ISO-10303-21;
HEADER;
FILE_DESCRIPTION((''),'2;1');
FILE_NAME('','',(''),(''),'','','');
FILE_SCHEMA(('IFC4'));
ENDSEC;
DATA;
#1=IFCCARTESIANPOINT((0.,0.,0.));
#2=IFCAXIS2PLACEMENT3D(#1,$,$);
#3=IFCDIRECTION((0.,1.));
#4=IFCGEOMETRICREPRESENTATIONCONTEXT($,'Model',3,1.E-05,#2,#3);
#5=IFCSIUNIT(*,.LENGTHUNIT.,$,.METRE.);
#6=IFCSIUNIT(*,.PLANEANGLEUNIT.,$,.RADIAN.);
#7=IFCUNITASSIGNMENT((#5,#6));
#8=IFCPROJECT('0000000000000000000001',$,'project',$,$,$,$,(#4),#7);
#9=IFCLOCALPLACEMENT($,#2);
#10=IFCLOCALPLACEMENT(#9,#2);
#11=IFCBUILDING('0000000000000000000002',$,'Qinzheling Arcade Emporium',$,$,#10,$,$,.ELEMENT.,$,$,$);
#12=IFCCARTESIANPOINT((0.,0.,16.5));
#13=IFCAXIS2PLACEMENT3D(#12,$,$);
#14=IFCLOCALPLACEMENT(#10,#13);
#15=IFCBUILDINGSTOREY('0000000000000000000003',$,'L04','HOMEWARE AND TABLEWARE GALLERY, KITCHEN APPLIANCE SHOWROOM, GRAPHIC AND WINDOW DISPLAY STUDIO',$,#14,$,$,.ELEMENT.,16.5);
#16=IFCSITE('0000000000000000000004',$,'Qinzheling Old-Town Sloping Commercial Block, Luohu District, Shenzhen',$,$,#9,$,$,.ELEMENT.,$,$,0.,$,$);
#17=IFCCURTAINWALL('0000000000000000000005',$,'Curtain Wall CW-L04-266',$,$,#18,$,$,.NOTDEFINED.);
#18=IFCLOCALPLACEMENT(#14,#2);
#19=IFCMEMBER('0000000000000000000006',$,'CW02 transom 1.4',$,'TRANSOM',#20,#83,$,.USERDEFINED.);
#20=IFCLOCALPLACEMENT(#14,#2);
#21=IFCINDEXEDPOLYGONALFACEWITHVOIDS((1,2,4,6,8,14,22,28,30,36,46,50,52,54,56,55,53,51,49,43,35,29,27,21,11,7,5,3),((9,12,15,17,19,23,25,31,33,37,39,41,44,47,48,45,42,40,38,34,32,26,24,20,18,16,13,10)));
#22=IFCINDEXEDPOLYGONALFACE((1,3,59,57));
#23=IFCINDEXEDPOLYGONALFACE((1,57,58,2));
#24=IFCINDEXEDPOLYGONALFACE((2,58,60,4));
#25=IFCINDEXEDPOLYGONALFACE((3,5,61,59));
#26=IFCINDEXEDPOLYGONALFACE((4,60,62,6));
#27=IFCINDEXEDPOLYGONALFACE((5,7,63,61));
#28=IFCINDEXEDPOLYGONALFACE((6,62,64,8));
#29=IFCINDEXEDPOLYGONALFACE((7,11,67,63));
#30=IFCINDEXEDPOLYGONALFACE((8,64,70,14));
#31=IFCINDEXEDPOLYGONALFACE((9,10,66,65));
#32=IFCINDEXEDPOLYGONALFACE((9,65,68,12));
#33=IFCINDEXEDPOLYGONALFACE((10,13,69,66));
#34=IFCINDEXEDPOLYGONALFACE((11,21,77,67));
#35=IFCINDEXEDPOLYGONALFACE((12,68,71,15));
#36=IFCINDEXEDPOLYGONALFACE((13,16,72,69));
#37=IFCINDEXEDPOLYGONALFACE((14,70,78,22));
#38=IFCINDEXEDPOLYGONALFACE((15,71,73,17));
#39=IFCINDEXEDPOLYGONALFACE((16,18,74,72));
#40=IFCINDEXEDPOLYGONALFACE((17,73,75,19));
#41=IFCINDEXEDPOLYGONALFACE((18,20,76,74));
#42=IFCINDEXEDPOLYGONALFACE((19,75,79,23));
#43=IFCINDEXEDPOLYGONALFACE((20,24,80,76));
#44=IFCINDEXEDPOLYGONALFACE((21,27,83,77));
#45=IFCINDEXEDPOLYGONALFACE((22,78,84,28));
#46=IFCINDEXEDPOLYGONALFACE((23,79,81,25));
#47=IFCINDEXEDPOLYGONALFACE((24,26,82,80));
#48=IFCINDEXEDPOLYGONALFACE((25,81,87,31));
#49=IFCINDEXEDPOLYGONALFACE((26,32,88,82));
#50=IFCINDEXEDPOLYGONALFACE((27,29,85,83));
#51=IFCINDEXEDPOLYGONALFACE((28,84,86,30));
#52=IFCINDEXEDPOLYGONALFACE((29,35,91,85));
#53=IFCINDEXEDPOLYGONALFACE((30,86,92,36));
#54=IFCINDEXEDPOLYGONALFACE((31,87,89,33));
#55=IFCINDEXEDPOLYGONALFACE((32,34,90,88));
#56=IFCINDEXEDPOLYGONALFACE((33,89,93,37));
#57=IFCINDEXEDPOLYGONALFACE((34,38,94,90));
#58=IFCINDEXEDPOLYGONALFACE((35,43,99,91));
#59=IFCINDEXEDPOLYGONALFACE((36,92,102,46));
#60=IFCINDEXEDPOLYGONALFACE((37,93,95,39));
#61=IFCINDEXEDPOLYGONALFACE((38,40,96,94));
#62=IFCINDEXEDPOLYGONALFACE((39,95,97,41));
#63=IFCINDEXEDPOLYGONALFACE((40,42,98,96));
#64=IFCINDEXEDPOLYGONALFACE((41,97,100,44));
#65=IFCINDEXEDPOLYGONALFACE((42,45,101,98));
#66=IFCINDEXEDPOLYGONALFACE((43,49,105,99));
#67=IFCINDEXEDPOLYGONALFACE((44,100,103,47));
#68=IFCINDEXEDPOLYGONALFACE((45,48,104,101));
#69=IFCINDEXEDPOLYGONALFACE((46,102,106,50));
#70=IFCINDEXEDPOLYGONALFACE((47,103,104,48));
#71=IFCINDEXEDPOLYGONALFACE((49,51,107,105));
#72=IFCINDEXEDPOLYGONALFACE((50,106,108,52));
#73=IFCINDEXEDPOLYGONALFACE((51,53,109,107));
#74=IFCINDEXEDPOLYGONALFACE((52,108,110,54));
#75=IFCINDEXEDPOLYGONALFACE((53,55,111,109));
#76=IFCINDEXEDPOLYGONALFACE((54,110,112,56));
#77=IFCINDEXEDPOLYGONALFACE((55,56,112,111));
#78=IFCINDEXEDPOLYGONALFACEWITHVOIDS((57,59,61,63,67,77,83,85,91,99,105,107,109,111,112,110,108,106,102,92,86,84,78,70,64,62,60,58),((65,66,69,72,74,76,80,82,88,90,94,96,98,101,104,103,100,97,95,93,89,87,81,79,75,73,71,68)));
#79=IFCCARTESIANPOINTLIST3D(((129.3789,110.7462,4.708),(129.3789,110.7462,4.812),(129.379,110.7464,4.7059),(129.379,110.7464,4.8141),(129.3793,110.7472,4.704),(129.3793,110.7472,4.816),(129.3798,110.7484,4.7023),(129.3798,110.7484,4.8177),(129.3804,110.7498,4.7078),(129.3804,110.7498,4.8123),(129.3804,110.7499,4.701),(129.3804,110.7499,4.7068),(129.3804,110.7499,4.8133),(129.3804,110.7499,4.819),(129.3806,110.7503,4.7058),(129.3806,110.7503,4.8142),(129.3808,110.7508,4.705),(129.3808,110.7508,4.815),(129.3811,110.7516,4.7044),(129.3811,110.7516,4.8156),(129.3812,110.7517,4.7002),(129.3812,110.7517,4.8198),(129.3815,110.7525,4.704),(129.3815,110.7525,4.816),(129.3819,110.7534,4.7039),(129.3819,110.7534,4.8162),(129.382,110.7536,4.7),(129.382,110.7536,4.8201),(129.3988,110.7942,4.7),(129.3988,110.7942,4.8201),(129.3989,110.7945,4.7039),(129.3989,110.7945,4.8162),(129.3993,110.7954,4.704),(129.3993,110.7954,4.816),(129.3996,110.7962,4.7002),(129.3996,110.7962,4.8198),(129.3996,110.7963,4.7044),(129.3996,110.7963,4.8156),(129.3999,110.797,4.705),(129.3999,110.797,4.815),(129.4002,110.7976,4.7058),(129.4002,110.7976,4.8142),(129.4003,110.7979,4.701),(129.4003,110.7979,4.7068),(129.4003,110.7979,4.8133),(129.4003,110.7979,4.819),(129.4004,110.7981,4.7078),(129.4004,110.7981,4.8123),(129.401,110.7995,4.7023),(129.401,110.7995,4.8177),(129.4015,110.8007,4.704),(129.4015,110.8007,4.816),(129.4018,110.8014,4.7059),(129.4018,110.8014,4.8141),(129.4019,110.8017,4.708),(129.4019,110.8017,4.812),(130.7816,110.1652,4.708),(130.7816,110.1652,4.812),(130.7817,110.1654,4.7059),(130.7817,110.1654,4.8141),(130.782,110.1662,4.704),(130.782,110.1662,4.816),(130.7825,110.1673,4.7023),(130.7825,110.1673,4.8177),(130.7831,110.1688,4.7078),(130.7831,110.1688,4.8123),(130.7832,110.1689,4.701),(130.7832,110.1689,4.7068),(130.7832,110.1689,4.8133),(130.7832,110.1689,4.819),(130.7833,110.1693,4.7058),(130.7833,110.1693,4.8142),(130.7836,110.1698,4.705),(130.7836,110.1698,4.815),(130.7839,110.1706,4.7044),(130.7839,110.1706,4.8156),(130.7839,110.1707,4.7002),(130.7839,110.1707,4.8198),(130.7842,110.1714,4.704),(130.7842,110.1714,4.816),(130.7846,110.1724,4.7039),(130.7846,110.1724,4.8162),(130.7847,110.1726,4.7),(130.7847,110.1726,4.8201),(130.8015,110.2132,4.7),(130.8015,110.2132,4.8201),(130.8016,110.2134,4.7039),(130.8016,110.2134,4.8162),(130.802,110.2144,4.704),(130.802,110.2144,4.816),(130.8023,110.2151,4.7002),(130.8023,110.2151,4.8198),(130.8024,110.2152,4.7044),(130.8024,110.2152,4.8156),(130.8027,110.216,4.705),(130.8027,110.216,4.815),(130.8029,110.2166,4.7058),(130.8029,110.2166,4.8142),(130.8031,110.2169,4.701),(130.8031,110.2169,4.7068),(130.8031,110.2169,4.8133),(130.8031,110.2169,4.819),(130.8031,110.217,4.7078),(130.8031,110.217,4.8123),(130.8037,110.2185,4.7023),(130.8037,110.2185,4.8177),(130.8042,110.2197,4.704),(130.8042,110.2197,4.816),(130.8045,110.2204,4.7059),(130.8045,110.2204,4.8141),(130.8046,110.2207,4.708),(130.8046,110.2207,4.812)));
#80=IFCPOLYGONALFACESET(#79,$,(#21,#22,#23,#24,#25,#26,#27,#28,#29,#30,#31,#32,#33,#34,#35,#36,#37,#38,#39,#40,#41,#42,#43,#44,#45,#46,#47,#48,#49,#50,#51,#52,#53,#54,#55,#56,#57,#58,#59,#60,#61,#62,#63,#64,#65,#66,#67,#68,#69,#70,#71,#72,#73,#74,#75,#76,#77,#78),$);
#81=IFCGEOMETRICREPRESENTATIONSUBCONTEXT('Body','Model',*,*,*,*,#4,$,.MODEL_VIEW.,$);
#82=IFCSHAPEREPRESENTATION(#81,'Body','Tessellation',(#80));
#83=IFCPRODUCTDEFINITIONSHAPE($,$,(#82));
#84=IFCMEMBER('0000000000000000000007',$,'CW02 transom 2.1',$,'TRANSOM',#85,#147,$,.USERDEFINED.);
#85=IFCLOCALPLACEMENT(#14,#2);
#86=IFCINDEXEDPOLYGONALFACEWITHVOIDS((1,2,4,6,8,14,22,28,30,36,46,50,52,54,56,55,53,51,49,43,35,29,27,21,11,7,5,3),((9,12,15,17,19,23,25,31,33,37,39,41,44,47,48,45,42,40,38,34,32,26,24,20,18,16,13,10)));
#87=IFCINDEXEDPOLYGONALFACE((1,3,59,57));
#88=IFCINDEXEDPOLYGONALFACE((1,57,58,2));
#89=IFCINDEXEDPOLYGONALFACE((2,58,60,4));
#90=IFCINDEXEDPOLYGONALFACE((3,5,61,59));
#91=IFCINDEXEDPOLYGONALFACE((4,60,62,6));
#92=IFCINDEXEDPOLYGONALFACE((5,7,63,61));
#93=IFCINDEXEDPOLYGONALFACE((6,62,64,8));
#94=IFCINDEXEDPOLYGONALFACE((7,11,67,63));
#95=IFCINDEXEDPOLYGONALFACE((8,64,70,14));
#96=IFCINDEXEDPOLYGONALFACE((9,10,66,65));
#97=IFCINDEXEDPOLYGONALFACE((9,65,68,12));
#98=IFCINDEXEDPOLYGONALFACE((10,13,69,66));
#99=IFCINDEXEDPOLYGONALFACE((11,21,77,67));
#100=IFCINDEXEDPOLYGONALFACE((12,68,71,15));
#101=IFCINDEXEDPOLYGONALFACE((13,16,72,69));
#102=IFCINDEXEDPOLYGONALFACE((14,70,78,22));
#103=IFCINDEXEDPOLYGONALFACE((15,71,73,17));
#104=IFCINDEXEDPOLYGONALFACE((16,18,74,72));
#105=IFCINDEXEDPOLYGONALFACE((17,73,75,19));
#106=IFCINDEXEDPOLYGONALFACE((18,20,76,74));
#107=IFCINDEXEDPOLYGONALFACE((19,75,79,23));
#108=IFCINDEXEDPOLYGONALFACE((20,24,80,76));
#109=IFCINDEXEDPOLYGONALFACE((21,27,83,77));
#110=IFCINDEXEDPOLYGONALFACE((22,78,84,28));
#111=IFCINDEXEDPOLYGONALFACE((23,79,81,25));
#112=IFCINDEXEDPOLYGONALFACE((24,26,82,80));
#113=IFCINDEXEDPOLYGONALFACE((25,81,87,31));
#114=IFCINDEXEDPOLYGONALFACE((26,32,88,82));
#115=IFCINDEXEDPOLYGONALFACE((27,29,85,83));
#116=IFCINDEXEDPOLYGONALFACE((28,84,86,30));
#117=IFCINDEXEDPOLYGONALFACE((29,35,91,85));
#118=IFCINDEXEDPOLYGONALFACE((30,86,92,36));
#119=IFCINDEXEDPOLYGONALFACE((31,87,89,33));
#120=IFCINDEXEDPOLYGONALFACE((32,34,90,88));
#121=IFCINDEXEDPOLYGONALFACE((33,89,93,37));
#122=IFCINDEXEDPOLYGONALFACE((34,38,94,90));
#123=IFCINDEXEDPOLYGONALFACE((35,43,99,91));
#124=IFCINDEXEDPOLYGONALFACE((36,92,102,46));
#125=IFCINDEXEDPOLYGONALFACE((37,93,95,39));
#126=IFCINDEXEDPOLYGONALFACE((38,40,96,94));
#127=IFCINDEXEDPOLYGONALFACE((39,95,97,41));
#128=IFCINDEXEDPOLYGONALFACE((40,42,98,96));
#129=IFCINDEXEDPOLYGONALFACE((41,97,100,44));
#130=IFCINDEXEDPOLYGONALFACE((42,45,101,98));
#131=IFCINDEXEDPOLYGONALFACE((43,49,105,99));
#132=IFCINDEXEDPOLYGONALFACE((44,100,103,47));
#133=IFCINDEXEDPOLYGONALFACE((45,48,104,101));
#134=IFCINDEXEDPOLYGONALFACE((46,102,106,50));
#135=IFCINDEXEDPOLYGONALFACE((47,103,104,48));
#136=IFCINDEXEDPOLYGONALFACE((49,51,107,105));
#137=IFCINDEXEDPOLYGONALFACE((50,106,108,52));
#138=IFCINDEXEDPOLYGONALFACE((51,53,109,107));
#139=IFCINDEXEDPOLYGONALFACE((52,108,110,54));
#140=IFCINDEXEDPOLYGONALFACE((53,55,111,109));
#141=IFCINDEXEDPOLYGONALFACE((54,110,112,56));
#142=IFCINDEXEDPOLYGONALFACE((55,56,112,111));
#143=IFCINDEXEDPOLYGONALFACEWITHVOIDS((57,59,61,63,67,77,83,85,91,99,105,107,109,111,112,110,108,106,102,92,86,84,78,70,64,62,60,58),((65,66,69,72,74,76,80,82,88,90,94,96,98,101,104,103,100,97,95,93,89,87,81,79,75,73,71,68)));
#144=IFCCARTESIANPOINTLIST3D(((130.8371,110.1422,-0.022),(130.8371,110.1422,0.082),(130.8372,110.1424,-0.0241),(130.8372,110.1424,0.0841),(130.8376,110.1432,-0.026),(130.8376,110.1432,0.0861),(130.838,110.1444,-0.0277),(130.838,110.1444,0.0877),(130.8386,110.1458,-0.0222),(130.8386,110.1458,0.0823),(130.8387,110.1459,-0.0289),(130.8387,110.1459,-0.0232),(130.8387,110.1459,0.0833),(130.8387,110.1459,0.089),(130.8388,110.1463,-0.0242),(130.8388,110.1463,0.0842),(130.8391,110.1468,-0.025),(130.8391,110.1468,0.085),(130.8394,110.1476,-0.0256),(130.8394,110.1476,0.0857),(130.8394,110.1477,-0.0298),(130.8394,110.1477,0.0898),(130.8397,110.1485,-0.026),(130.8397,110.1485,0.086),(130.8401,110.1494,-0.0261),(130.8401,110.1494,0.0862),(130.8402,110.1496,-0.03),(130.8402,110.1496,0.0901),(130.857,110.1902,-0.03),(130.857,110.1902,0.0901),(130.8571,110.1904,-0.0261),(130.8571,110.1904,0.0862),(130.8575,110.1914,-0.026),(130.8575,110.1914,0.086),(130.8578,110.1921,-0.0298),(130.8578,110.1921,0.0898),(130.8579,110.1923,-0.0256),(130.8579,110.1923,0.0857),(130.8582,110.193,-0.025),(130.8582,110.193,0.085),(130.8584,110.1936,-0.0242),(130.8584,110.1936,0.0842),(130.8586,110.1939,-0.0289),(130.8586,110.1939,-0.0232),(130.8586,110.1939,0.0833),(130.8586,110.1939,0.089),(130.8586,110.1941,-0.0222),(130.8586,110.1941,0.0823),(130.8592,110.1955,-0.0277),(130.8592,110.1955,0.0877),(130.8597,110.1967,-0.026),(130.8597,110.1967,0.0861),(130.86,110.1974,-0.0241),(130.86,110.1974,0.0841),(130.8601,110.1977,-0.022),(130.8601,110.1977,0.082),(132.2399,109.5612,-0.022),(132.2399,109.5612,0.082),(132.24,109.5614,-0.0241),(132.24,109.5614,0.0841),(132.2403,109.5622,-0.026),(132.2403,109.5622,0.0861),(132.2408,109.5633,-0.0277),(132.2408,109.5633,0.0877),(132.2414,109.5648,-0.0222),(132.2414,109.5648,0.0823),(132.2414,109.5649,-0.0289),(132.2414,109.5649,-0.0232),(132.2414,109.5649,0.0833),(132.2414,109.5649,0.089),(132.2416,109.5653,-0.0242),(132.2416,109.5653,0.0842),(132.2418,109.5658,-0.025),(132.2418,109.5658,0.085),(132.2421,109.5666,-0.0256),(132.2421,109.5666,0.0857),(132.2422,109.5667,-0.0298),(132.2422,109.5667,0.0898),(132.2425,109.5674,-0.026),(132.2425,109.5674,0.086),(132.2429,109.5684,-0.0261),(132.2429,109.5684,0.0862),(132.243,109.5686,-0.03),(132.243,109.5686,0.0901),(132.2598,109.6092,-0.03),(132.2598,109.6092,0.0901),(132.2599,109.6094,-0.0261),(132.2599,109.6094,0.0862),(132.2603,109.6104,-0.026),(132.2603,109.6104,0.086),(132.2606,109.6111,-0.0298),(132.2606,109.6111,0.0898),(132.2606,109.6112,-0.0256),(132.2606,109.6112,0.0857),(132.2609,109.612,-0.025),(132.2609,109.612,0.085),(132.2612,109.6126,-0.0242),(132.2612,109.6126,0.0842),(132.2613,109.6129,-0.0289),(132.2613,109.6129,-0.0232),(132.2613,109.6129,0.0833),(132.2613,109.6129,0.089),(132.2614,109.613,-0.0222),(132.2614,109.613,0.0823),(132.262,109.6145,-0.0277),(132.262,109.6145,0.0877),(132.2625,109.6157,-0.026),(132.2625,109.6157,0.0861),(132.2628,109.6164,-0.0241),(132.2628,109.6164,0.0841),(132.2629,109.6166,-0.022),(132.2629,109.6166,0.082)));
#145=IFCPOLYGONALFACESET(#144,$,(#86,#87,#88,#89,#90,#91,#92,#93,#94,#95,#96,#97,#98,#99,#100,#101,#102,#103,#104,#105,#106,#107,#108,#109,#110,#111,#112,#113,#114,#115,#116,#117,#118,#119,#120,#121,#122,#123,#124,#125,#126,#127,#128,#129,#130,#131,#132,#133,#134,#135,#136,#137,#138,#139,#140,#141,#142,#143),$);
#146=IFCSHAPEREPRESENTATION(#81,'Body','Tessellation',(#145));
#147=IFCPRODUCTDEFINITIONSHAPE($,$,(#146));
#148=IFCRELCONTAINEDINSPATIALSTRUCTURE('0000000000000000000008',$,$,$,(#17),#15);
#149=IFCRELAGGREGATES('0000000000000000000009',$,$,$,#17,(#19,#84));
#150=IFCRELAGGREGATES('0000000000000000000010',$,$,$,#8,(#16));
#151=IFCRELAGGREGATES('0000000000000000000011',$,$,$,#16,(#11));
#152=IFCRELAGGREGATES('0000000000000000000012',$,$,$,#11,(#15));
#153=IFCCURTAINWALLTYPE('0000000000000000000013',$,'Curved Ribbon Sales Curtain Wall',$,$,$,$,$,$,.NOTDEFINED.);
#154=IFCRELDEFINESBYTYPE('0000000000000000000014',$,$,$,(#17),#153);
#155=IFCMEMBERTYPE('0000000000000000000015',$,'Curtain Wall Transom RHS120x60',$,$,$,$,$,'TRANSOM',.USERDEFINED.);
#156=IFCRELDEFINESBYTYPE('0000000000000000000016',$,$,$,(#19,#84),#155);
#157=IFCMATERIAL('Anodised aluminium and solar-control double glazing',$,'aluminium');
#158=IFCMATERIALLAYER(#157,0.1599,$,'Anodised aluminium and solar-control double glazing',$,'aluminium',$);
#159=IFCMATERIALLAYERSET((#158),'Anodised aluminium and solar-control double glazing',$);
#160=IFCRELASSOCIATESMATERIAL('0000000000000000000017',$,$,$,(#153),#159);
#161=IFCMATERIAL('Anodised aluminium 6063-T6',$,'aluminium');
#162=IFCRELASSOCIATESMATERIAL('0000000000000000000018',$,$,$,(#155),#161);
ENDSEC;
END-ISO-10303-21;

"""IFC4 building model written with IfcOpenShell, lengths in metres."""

from ifc_helpers import new_model, si_unit, direction, frame, origin, origin_2d, place, context, subcontext, project, spatial, hollow_rectangle, extrude, material, layer, layer_set, material_profile, profile_set, type_object, element, aggregate, save


model = new_model("IFC4")

# Units and contexts
model_context = context("Model", 3, precision=1e-05, world=origin(), true_north=direction((0.0, 1.0)))
body_context = subcontext(model_context, "Body", "Model", "MODEL_VIEW")
ifc_project = project(units=[si_unit("LENGTHUNIT", "METRE"), si_unit("PLANEANGLEUNIT", "RADIAN")], contexts=[model_context])

# Site, building, storey
site_placement = place(None, origin())
site = spatial("IfcSite", under=ifc_project, at=site_placement, Name="Qinzheling Old-Town Sloping Commercial Block, Luohu District, Shenzhen", CompositionType="ELEMENT", RefElevation=0.0)
building_placement = place(site_placement, origin())
building = spatial("IfcBuilding", under=site, at=building_placement, Name="Qinzheling Arcade Emporium", CompositionType="ELEMENT")
storey_placement = place(building_placement, frame((0.0, 0.0, 16.5)))
storey = spatial("IfcBuildingStorey", under=building, at=storey_placement, Name="L04", Description="HOMEWARE AND TABLEWARE GALLERY, KITCHEN APPLIANCE SHOWROOM, GRAPHIC AND WINDOW DISPLAY STUDIO", CompositionType="ELEMENT", Elevation=16.5)

# Curtain wall
ifc_material_1 = material(Name="Anodised aluminium and solar-control double glazing", Category="aluminium")
ifc_layer_1 = layer(ifc_material_1, 0.1599, Name="Anodised aluminium and solar-control double glazing", Category="aluminium")
ifc_layer_set_1 = layer_set([ifc_layer_1], Name="Anodised aluminium and solar-control double glazing")
curtain_wall_type = type_object("IfcCurtainWallType", Name="Curved Ribbon Sales Curtain Wall", PredefinedType="NOTDEFINED", material=ifc_layer_set_1)
curtain_wall_1_placement = place(storey_placement, origin())
curtain_wall_1 = element("IfcCurtainWall", 1, at=curtain_wall_1_placement, inside=storey, type_object=curtain_wall_type, Name="Curtain Wall CW-L04-266", PredefinedType="NOTDEFINED")
ifc_material_2 = material(Name="Anodised aluminium 6063-T6", Category="aluminium")

# Members
ifc_material_profile_1 = material_profile(ifc_material_2, hollow_rectangle(XDim=0.0601, YDim=0.1201, WallThickness=0.0039, InnerFilletRadius=0.0039, OuterFilletRadius=0.0081, at=origin_2d()), Name="RHS 120x60x4", Category="aluminium")
ifc_profile_set_1 = profile_set([ifc_material_profile_1], Name="Anodised aluminium 6063-T6")
member_type_1 = type_object("IfcMemberType", Name="Curtain Wall Transom RHS120x60", ElementType="TRANSOM", PredefinedType="USERDEFINED", material=ifc_profile_set_1)
member_1_placement = place(storey_placement, frame((129.3904, 110.7739, 4.76), z_axis=(0.923884, -0.382674, 0.0), x_axis=(0.382674, 0.923884, 0.0)))
member_1 = element("IfcMember", 2, at=member_1_placement, type_object=member_type_1, Name="CW02 transom 1.4", ObjectType="TRANSOM", PredefinedType="USERDEFINED", context=body_context, shape_type="SweptSolid", body=[
    extrude(hollow_rectangle(XDim=0.0601, YDim=0.1201, WallThickness=0.0039, InnerFilletRadius=0.0039, OuterFilletRadius=0.0081, at=origin_2d()), origin(), (0.0, 0.0, 1.0), 1.5183),
])
member_2_placement = place(storey_placement, frame((130.8486, 110.1699, 0.03), z_axis=(0.923884, -0.382674, 0.0), x_axis=(0.382674, 0.923884, 0.0)))
member_2 = element("IfcMember", 3, at=member_2_placement, type_object=member_type_1, Name="CW02 transom 2.1", ObjectType="TRANSOM", PredefinedType="USERDEFINED", context=body_context, shape_type="SweptSolid", body=[
    extrude(hollow_rectangle(XDim=0.0601, YDim=0.1201, WallThickness=0.0039, InnerFilletRadius=0.0039, OuterFilletRadius=0.0081, at=origin_2d()), origin(), (0.0, 0.0, 1.0), 1.5183),
])

aggregate(curtain_wall_1, [member_1, member_2])

save(model, "model.ifc")
